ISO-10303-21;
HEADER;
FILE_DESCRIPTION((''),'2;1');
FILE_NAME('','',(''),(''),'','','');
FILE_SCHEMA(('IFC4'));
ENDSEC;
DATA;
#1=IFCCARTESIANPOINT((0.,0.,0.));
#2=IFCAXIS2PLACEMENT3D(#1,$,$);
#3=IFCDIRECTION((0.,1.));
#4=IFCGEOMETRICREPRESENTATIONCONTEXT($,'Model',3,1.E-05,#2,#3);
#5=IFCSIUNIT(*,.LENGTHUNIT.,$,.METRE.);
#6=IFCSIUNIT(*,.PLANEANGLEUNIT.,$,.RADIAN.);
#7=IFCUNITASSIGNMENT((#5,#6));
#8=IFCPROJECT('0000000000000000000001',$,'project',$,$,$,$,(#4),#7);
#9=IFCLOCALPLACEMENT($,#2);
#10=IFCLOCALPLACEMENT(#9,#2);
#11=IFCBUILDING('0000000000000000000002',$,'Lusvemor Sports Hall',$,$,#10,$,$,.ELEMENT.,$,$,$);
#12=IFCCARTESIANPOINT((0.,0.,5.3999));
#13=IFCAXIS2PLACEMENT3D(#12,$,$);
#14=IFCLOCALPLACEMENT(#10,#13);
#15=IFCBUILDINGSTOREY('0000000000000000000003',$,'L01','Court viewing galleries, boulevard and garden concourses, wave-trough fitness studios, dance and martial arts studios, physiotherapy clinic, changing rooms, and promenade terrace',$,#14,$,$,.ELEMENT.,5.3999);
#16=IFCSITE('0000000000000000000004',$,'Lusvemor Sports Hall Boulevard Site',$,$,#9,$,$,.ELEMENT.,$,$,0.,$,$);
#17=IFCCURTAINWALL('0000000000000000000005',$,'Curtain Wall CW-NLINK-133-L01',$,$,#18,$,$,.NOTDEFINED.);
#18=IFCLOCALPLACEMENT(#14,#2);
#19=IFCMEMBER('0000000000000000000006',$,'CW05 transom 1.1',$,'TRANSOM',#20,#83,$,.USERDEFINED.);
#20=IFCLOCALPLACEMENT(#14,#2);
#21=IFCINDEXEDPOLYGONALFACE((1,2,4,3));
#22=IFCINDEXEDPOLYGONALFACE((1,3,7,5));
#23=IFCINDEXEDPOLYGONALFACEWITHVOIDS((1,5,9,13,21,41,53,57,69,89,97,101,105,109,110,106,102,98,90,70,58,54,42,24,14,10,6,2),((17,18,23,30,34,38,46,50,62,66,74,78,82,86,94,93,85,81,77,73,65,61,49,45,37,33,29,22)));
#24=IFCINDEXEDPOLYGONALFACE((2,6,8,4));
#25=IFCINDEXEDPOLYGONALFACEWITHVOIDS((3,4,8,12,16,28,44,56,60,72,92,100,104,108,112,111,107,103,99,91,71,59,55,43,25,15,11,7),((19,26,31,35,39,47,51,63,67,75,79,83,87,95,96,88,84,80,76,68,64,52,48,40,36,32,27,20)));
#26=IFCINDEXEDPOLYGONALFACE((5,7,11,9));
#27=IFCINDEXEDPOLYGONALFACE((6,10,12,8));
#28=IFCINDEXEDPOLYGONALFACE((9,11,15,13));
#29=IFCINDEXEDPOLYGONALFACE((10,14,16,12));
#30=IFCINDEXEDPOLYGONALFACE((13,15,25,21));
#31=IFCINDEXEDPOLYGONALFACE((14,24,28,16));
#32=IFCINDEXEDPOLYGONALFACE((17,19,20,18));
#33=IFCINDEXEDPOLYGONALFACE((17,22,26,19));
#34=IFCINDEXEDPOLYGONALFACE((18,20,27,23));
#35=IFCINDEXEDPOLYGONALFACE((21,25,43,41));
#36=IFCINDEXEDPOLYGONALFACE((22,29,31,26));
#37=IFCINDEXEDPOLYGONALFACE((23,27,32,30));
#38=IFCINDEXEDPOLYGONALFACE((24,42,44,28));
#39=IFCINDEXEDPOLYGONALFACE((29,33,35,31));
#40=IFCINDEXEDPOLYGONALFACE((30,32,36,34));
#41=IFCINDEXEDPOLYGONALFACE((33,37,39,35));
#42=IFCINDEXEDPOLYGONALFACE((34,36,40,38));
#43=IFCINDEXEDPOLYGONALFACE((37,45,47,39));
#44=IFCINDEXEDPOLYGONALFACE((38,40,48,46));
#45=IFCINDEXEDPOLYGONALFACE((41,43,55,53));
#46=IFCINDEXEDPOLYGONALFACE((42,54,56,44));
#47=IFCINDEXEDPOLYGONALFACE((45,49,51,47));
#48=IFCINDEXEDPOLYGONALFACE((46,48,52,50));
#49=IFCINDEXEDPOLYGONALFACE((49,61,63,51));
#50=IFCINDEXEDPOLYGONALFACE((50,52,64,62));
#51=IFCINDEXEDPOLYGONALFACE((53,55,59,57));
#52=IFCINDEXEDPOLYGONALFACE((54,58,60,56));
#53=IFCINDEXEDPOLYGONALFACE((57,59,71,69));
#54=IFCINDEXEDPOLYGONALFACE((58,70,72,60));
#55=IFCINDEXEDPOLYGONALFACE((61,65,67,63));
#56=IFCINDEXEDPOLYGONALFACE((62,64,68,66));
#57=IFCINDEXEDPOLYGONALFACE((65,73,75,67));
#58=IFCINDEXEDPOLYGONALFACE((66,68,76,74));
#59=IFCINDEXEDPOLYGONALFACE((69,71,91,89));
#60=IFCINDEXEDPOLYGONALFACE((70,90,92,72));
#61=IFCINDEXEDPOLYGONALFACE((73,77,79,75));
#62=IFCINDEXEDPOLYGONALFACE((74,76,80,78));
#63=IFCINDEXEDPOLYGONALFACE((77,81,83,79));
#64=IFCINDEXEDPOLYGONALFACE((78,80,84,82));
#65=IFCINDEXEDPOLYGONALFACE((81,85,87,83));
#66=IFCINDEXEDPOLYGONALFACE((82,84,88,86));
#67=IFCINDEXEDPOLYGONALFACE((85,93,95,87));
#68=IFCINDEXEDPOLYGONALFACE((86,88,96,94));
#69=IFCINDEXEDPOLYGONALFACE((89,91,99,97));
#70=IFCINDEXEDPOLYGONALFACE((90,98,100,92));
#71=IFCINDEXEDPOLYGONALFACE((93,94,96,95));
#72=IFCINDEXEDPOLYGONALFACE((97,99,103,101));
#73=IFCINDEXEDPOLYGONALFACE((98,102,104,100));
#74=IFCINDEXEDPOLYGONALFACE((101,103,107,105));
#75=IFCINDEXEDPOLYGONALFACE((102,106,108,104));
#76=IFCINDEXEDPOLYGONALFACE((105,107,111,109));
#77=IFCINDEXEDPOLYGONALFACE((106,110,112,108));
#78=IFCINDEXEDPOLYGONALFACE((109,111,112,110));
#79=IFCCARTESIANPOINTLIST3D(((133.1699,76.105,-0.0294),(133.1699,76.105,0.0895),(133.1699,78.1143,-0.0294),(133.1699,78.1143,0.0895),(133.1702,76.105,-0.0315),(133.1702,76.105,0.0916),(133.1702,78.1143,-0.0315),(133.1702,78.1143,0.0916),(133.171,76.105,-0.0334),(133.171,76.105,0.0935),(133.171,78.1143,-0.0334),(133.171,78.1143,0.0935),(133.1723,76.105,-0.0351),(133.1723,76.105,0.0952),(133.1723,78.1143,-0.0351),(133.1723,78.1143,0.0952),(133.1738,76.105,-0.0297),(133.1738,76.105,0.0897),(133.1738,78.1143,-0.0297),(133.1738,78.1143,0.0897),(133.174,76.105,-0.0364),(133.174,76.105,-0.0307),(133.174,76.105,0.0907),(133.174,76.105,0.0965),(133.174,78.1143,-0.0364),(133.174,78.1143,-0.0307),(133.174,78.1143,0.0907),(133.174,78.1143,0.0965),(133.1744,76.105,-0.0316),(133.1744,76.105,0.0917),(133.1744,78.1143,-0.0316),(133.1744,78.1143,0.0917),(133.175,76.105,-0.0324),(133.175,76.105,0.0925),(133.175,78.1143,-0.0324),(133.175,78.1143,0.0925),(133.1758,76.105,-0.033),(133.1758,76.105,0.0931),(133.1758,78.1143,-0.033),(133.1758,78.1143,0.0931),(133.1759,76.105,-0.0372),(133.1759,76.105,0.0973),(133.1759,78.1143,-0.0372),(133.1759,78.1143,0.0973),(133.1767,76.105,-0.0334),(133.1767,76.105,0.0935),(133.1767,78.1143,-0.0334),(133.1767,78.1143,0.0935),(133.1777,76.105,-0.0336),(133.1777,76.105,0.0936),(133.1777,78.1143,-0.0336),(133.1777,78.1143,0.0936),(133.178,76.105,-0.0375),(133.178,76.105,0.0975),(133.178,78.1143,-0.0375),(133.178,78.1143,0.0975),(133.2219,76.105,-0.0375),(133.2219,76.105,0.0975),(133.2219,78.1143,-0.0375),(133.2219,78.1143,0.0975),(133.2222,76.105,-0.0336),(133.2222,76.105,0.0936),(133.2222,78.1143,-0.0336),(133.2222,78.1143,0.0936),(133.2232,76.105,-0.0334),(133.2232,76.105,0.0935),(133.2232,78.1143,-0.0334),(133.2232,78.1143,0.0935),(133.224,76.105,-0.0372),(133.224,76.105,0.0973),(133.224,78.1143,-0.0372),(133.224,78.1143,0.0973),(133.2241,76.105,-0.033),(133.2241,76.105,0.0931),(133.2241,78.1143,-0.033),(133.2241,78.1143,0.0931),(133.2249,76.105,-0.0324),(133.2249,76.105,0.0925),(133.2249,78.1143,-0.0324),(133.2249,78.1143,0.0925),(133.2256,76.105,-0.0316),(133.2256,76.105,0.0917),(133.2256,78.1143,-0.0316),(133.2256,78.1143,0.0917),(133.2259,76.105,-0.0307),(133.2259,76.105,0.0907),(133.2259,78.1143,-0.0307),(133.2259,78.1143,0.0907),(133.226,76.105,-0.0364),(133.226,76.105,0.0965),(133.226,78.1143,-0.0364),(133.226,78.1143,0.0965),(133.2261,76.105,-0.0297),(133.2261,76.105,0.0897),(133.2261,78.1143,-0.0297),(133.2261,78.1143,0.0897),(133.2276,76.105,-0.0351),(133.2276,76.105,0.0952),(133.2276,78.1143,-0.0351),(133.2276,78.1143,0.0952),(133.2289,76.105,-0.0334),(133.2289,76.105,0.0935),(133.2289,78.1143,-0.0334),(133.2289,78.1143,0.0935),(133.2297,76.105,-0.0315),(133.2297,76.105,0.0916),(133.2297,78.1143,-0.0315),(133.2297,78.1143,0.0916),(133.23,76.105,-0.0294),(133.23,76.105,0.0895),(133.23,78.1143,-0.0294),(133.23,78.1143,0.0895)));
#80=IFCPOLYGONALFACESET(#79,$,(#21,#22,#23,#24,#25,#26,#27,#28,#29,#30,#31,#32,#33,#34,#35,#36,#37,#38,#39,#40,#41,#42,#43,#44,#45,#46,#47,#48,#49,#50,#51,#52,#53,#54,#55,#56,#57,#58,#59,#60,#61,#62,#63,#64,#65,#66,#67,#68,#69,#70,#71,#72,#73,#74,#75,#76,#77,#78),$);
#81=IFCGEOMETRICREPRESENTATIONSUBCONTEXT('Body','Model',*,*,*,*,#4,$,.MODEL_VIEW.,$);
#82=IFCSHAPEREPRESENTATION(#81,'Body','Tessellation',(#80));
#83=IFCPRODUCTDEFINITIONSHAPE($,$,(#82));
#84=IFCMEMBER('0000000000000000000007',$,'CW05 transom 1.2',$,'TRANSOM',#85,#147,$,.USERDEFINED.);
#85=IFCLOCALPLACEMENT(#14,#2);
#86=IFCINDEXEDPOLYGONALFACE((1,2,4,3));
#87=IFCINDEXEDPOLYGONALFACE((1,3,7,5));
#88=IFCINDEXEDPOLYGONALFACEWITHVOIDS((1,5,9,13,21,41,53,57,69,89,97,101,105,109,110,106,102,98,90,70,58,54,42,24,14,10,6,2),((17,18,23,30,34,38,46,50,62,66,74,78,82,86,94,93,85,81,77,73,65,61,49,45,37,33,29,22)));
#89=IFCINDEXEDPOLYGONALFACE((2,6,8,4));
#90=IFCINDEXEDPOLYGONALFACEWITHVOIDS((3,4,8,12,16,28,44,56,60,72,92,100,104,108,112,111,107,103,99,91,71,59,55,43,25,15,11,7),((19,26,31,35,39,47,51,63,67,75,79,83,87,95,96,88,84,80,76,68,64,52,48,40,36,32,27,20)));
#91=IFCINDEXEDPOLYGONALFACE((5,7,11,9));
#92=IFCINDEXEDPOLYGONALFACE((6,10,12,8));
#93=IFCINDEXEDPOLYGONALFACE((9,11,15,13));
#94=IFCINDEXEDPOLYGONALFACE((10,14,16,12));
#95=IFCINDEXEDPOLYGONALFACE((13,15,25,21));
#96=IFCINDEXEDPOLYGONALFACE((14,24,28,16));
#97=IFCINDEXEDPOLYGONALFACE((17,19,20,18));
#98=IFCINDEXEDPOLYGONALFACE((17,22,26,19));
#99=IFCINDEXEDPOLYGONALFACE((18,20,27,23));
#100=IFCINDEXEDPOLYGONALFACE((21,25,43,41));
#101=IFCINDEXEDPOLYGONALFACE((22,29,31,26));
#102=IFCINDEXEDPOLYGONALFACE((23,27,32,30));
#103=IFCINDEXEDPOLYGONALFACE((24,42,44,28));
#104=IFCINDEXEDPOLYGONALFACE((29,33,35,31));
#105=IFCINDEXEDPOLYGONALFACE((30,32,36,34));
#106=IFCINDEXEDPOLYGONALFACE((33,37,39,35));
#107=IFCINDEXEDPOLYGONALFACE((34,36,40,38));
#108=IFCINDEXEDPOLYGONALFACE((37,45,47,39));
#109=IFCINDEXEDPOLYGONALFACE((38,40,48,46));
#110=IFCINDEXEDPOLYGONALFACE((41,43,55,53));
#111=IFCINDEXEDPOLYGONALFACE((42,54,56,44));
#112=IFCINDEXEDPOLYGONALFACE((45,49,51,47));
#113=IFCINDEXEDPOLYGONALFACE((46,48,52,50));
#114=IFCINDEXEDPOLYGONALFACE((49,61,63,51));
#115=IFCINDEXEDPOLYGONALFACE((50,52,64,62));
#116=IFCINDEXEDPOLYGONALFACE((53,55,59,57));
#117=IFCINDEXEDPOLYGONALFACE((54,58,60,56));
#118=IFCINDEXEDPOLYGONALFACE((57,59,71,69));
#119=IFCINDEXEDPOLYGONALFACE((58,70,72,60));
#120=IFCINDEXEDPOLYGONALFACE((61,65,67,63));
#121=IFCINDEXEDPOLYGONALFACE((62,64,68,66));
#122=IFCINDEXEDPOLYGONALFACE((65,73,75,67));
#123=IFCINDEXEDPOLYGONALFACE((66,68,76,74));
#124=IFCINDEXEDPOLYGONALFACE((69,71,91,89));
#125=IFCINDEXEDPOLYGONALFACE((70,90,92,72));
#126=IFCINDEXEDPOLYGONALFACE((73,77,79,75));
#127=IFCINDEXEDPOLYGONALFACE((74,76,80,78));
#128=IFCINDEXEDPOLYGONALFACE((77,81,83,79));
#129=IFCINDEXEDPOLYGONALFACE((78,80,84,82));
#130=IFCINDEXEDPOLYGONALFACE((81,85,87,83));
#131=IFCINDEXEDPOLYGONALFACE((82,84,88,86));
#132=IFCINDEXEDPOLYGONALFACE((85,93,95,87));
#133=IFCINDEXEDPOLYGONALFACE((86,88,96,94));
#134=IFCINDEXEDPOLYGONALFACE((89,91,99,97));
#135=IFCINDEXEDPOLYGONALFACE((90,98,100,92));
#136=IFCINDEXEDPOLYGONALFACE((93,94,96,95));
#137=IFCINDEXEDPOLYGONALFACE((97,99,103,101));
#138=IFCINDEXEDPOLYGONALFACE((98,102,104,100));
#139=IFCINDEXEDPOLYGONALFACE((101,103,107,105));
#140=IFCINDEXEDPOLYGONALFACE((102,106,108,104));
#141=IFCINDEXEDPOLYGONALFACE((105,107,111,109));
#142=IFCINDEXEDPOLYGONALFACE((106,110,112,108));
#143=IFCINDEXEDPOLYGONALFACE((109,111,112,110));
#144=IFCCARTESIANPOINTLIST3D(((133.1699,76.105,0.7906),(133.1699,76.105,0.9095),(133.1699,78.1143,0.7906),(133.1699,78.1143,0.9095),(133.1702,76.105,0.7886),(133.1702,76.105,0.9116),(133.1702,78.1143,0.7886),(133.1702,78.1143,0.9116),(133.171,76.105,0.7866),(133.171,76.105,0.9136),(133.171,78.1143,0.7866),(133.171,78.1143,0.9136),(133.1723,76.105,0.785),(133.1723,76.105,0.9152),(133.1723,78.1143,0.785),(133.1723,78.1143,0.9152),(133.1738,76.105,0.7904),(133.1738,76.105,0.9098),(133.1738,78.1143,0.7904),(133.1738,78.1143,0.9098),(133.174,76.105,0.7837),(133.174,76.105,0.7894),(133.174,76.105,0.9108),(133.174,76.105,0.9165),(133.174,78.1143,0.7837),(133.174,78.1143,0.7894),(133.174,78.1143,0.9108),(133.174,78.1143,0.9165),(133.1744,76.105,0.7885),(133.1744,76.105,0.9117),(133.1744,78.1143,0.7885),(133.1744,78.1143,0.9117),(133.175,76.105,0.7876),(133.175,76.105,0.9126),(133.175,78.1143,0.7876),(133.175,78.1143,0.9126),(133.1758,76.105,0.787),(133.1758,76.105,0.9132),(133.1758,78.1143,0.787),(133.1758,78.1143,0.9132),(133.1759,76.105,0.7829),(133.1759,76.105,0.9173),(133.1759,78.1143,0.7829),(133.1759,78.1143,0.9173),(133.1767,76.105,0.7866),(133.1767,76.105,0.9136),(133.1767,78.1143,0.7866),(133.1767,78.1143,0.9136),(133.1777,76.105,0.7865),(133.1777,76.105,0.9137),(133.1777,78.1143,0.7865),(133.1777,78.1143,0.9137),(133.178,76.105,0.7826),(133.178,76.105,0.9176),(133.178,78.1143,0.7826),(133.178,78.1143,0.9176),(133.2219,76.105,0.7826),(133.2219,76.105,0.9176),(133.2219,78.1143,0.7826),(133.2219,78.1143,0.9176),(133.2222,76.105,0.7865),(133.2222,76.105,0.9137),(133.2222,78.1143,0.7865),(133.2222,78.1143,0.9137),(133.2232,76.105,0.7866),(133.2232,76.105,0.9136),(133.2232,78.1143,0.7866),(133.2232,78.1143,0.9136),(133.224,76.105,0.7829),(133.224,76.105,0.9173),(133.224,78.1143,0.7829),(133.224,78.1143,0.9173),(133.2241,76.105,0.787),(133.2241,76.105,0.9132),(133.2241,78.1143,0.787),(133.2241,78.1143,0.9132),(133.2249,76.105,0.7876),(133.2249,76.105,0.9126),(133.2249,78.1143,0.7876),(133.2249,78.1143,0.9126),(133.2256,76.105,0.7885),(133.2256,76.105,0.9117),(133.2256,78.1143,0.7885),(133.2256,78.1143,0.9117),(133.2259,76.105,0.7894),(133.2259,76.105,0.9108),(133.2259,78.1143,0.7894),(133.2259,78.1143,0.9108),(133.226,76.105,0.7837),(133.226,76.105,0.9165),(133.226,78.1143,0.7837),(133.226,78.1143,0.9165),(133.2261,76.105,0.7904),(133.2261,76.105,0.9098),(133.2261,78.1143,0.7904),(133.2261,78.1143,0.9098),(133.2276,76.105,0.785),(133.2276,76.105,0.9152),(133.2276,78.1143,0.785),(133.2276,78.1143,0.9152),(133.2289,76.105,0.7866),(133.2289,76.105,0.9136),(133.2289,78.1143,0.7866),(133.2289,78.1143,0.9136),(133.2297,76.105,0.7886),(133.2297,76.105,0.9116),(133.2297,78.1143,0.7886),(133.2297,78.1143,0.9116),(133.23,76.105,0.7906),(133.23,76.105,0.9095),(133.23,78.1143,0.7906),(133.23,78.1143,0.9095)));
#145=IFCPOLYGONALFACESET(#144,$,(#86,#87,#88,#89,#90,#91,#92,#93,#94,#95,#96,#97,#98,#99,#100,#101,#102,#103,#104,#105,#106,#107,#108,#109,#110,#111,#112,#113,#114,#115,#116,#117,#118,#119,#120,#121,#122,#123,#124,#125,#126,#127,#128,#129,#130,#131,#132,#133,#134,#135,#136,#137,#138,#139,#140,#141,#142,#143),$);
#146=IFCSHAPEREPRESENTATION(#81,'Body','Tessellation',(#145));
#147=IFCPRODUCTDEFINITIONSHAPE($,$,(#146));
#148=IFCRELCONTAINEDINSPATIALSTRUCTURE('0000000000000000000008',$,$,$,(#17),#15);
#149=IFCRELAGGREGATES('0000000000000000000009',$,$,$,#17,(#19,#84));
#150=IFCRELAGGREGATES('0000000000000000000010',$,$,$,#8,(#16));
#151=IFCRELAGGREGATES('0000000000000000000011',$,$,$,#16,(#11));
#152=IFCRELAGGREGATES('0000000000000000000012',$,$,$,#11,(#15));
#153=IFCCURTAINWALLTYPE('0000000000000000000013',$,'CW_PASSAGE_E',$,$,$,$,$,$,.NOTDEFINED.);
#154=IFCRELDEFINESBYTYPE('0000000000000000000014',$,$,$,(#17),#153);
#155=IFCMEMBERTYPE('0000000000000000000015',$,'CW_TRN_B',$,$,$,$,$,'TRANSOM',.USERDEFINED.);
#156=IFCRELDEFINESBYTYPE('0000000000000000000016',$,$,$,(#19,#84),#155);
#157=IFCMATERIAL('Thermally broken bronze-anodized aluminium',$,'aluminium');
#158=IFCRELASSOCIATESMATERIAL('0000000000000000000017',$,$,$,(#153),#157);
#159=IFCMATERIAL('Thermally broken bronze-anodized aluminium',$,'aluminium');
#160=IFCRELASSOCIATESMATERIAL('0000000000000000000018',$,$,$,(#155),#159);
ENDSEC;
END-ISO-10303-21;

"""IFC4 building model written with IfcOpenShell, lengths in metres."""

from ifc_helpers import new_model, si_unit, direction, frame, origin, origin_2d, place, context, subcontext, project, spatial, hollow_rectangle, extrude, material, material_profile, profile_set, type_object, element, aggregate, save


model = new_model("IFC4")

# Units and contexts
model_context = context("Model", 3, precision=1e-05, world=origin(), true_north=direction((0.0, 1.0)))
body_context = subcontext(model_context, "Body", "Model", "MODEL_VIEW")
ifc_project = project(units=[si_unit("LENGTHUNIT", "METRE"), si_unit("PLANEANGLEUNIT", "RADIAN")], contexts=[model_context])

# Site, building, storey
site_placement = place(None, origin())
site = spatial("IfcSite", under=ifc_project, at=site_placement, Name="Lusvemor Sports Hall Boulevard Site", CompositionType="ELEMENT", RefElevation=0.0)
building_placement = place(site_placement, origin())
building = spatial("IfcBuilding", under=site, at=building_placement, Name="Lusvemor Sports Hall", CompositionType="ELEMENT")
storey_placement = place(building_placement, frame((0.0, 0.0, 5.3999)))
storey = spatial("IfcBuildingStorey", under=building, at=storey_placement, Name="L01", Description="Court viewing galleries, boulevard and garden concourses, wave-trough fitness studios, dance and martial arts studios, physiotherapy clinic, changing rooms, and promenade terrace", CompositionType="ELEMENT", Elevation=5.3999)

# Curtain wall
ifc_material_1 = material(Name="Thermally broken bronze-anodized aluminium", Category="aluminium")
curtain_wall_type_1 = type_object("IfcCurtainWallType", Name="CW_PASSAGE_E", PredefinedType="NOTDEFINED", material=ifc_material_1)
curtain_wall_1_placement = place(storey_placement, origin())
curtain_wall_1 = element("IfcCurtainWall", 1, at=curtain_wall_1_placement, inside=storey, type_object=curtain_wall_type_1, Name="Curtain Wall CW-NLINK-133-L01", PredefinedType="NOTDEFINED")

# Members
ifc_material_2 = material(Name="Thermally broken bronze-anodized aluminium", Category="aluminium")
ifc_material_profile_1 = material_profile(ifc_material_2, hollow_rectangle(XDim=0.0601, YDim=0.135, WallThickness=0.0039, InnerFilletRadius=0.0039, OuterFilletRadius=0.0081, at=origin_2d()), Name="CWTRN135x60x4")
ifc_profile_set_1 = profile_set([ifc_material_profile_1], Name="Thermally broken bronze-anodized aluminium")
member_type_1 = type_object("IfcMemberType", Name="CW_TRN_B", ElementType="TRANSOM", PredefinedType="USERDEFINED", material=ifc_profile_set_1)
member_1_placement = place(storey_placement, frame((133.2, 76.105, 0.03), z_axis=(0.0, 1.0, 0.0), x_axis=(-1.0, 0.0, 0.0)))
member_1 = element("IfcMember", 2, at=member_1_placement, type_object=member_type_1, Name="CW05 transom 1.1", ObjectType="TRANSOM", PredefinedType="USERDEFINED", context=body_context, shape_type="SweptSolid", body=[
    extrude(hollow_rectangle(XDim=0.0601, YDim=0.135, WallThickness=0.0039, InnerFilletRadius=0.0039, OuterFilletRadius=0.0081, at=origin_2d()), origin(), (0.0, 0.0, 1.0), 2.0093),
])
member_2_placement = place(storey_placement, frame((133.2, 76.105, 0.8501), z_axis=(0.0, 1.0, 0.0), x_axis=(-1.0, 0.0, 0.0)))
member_2 = element("IfcMember", 3, at=member_2_placement, type_object=member_type_1, Name="CW05 transom 1.2", ObjectType="TRANSOM", PredefinedType="USERDEFINED", context=body_context, shape_type="SweptSolid", body=[
    extrude(hollow_rectangle(XDim=0.0601, YDim=0.135, WallThickness=0.0039, InnerFilletRadius=0.0039, OuterFilletRadius=0.0081, at=origin_2d()), origin(), (0.0, 0.0, 1.0), 2.0093),
])

aggregate(curtain_wall_1, [member_1, member_2])

save(model, "model.ifc")
